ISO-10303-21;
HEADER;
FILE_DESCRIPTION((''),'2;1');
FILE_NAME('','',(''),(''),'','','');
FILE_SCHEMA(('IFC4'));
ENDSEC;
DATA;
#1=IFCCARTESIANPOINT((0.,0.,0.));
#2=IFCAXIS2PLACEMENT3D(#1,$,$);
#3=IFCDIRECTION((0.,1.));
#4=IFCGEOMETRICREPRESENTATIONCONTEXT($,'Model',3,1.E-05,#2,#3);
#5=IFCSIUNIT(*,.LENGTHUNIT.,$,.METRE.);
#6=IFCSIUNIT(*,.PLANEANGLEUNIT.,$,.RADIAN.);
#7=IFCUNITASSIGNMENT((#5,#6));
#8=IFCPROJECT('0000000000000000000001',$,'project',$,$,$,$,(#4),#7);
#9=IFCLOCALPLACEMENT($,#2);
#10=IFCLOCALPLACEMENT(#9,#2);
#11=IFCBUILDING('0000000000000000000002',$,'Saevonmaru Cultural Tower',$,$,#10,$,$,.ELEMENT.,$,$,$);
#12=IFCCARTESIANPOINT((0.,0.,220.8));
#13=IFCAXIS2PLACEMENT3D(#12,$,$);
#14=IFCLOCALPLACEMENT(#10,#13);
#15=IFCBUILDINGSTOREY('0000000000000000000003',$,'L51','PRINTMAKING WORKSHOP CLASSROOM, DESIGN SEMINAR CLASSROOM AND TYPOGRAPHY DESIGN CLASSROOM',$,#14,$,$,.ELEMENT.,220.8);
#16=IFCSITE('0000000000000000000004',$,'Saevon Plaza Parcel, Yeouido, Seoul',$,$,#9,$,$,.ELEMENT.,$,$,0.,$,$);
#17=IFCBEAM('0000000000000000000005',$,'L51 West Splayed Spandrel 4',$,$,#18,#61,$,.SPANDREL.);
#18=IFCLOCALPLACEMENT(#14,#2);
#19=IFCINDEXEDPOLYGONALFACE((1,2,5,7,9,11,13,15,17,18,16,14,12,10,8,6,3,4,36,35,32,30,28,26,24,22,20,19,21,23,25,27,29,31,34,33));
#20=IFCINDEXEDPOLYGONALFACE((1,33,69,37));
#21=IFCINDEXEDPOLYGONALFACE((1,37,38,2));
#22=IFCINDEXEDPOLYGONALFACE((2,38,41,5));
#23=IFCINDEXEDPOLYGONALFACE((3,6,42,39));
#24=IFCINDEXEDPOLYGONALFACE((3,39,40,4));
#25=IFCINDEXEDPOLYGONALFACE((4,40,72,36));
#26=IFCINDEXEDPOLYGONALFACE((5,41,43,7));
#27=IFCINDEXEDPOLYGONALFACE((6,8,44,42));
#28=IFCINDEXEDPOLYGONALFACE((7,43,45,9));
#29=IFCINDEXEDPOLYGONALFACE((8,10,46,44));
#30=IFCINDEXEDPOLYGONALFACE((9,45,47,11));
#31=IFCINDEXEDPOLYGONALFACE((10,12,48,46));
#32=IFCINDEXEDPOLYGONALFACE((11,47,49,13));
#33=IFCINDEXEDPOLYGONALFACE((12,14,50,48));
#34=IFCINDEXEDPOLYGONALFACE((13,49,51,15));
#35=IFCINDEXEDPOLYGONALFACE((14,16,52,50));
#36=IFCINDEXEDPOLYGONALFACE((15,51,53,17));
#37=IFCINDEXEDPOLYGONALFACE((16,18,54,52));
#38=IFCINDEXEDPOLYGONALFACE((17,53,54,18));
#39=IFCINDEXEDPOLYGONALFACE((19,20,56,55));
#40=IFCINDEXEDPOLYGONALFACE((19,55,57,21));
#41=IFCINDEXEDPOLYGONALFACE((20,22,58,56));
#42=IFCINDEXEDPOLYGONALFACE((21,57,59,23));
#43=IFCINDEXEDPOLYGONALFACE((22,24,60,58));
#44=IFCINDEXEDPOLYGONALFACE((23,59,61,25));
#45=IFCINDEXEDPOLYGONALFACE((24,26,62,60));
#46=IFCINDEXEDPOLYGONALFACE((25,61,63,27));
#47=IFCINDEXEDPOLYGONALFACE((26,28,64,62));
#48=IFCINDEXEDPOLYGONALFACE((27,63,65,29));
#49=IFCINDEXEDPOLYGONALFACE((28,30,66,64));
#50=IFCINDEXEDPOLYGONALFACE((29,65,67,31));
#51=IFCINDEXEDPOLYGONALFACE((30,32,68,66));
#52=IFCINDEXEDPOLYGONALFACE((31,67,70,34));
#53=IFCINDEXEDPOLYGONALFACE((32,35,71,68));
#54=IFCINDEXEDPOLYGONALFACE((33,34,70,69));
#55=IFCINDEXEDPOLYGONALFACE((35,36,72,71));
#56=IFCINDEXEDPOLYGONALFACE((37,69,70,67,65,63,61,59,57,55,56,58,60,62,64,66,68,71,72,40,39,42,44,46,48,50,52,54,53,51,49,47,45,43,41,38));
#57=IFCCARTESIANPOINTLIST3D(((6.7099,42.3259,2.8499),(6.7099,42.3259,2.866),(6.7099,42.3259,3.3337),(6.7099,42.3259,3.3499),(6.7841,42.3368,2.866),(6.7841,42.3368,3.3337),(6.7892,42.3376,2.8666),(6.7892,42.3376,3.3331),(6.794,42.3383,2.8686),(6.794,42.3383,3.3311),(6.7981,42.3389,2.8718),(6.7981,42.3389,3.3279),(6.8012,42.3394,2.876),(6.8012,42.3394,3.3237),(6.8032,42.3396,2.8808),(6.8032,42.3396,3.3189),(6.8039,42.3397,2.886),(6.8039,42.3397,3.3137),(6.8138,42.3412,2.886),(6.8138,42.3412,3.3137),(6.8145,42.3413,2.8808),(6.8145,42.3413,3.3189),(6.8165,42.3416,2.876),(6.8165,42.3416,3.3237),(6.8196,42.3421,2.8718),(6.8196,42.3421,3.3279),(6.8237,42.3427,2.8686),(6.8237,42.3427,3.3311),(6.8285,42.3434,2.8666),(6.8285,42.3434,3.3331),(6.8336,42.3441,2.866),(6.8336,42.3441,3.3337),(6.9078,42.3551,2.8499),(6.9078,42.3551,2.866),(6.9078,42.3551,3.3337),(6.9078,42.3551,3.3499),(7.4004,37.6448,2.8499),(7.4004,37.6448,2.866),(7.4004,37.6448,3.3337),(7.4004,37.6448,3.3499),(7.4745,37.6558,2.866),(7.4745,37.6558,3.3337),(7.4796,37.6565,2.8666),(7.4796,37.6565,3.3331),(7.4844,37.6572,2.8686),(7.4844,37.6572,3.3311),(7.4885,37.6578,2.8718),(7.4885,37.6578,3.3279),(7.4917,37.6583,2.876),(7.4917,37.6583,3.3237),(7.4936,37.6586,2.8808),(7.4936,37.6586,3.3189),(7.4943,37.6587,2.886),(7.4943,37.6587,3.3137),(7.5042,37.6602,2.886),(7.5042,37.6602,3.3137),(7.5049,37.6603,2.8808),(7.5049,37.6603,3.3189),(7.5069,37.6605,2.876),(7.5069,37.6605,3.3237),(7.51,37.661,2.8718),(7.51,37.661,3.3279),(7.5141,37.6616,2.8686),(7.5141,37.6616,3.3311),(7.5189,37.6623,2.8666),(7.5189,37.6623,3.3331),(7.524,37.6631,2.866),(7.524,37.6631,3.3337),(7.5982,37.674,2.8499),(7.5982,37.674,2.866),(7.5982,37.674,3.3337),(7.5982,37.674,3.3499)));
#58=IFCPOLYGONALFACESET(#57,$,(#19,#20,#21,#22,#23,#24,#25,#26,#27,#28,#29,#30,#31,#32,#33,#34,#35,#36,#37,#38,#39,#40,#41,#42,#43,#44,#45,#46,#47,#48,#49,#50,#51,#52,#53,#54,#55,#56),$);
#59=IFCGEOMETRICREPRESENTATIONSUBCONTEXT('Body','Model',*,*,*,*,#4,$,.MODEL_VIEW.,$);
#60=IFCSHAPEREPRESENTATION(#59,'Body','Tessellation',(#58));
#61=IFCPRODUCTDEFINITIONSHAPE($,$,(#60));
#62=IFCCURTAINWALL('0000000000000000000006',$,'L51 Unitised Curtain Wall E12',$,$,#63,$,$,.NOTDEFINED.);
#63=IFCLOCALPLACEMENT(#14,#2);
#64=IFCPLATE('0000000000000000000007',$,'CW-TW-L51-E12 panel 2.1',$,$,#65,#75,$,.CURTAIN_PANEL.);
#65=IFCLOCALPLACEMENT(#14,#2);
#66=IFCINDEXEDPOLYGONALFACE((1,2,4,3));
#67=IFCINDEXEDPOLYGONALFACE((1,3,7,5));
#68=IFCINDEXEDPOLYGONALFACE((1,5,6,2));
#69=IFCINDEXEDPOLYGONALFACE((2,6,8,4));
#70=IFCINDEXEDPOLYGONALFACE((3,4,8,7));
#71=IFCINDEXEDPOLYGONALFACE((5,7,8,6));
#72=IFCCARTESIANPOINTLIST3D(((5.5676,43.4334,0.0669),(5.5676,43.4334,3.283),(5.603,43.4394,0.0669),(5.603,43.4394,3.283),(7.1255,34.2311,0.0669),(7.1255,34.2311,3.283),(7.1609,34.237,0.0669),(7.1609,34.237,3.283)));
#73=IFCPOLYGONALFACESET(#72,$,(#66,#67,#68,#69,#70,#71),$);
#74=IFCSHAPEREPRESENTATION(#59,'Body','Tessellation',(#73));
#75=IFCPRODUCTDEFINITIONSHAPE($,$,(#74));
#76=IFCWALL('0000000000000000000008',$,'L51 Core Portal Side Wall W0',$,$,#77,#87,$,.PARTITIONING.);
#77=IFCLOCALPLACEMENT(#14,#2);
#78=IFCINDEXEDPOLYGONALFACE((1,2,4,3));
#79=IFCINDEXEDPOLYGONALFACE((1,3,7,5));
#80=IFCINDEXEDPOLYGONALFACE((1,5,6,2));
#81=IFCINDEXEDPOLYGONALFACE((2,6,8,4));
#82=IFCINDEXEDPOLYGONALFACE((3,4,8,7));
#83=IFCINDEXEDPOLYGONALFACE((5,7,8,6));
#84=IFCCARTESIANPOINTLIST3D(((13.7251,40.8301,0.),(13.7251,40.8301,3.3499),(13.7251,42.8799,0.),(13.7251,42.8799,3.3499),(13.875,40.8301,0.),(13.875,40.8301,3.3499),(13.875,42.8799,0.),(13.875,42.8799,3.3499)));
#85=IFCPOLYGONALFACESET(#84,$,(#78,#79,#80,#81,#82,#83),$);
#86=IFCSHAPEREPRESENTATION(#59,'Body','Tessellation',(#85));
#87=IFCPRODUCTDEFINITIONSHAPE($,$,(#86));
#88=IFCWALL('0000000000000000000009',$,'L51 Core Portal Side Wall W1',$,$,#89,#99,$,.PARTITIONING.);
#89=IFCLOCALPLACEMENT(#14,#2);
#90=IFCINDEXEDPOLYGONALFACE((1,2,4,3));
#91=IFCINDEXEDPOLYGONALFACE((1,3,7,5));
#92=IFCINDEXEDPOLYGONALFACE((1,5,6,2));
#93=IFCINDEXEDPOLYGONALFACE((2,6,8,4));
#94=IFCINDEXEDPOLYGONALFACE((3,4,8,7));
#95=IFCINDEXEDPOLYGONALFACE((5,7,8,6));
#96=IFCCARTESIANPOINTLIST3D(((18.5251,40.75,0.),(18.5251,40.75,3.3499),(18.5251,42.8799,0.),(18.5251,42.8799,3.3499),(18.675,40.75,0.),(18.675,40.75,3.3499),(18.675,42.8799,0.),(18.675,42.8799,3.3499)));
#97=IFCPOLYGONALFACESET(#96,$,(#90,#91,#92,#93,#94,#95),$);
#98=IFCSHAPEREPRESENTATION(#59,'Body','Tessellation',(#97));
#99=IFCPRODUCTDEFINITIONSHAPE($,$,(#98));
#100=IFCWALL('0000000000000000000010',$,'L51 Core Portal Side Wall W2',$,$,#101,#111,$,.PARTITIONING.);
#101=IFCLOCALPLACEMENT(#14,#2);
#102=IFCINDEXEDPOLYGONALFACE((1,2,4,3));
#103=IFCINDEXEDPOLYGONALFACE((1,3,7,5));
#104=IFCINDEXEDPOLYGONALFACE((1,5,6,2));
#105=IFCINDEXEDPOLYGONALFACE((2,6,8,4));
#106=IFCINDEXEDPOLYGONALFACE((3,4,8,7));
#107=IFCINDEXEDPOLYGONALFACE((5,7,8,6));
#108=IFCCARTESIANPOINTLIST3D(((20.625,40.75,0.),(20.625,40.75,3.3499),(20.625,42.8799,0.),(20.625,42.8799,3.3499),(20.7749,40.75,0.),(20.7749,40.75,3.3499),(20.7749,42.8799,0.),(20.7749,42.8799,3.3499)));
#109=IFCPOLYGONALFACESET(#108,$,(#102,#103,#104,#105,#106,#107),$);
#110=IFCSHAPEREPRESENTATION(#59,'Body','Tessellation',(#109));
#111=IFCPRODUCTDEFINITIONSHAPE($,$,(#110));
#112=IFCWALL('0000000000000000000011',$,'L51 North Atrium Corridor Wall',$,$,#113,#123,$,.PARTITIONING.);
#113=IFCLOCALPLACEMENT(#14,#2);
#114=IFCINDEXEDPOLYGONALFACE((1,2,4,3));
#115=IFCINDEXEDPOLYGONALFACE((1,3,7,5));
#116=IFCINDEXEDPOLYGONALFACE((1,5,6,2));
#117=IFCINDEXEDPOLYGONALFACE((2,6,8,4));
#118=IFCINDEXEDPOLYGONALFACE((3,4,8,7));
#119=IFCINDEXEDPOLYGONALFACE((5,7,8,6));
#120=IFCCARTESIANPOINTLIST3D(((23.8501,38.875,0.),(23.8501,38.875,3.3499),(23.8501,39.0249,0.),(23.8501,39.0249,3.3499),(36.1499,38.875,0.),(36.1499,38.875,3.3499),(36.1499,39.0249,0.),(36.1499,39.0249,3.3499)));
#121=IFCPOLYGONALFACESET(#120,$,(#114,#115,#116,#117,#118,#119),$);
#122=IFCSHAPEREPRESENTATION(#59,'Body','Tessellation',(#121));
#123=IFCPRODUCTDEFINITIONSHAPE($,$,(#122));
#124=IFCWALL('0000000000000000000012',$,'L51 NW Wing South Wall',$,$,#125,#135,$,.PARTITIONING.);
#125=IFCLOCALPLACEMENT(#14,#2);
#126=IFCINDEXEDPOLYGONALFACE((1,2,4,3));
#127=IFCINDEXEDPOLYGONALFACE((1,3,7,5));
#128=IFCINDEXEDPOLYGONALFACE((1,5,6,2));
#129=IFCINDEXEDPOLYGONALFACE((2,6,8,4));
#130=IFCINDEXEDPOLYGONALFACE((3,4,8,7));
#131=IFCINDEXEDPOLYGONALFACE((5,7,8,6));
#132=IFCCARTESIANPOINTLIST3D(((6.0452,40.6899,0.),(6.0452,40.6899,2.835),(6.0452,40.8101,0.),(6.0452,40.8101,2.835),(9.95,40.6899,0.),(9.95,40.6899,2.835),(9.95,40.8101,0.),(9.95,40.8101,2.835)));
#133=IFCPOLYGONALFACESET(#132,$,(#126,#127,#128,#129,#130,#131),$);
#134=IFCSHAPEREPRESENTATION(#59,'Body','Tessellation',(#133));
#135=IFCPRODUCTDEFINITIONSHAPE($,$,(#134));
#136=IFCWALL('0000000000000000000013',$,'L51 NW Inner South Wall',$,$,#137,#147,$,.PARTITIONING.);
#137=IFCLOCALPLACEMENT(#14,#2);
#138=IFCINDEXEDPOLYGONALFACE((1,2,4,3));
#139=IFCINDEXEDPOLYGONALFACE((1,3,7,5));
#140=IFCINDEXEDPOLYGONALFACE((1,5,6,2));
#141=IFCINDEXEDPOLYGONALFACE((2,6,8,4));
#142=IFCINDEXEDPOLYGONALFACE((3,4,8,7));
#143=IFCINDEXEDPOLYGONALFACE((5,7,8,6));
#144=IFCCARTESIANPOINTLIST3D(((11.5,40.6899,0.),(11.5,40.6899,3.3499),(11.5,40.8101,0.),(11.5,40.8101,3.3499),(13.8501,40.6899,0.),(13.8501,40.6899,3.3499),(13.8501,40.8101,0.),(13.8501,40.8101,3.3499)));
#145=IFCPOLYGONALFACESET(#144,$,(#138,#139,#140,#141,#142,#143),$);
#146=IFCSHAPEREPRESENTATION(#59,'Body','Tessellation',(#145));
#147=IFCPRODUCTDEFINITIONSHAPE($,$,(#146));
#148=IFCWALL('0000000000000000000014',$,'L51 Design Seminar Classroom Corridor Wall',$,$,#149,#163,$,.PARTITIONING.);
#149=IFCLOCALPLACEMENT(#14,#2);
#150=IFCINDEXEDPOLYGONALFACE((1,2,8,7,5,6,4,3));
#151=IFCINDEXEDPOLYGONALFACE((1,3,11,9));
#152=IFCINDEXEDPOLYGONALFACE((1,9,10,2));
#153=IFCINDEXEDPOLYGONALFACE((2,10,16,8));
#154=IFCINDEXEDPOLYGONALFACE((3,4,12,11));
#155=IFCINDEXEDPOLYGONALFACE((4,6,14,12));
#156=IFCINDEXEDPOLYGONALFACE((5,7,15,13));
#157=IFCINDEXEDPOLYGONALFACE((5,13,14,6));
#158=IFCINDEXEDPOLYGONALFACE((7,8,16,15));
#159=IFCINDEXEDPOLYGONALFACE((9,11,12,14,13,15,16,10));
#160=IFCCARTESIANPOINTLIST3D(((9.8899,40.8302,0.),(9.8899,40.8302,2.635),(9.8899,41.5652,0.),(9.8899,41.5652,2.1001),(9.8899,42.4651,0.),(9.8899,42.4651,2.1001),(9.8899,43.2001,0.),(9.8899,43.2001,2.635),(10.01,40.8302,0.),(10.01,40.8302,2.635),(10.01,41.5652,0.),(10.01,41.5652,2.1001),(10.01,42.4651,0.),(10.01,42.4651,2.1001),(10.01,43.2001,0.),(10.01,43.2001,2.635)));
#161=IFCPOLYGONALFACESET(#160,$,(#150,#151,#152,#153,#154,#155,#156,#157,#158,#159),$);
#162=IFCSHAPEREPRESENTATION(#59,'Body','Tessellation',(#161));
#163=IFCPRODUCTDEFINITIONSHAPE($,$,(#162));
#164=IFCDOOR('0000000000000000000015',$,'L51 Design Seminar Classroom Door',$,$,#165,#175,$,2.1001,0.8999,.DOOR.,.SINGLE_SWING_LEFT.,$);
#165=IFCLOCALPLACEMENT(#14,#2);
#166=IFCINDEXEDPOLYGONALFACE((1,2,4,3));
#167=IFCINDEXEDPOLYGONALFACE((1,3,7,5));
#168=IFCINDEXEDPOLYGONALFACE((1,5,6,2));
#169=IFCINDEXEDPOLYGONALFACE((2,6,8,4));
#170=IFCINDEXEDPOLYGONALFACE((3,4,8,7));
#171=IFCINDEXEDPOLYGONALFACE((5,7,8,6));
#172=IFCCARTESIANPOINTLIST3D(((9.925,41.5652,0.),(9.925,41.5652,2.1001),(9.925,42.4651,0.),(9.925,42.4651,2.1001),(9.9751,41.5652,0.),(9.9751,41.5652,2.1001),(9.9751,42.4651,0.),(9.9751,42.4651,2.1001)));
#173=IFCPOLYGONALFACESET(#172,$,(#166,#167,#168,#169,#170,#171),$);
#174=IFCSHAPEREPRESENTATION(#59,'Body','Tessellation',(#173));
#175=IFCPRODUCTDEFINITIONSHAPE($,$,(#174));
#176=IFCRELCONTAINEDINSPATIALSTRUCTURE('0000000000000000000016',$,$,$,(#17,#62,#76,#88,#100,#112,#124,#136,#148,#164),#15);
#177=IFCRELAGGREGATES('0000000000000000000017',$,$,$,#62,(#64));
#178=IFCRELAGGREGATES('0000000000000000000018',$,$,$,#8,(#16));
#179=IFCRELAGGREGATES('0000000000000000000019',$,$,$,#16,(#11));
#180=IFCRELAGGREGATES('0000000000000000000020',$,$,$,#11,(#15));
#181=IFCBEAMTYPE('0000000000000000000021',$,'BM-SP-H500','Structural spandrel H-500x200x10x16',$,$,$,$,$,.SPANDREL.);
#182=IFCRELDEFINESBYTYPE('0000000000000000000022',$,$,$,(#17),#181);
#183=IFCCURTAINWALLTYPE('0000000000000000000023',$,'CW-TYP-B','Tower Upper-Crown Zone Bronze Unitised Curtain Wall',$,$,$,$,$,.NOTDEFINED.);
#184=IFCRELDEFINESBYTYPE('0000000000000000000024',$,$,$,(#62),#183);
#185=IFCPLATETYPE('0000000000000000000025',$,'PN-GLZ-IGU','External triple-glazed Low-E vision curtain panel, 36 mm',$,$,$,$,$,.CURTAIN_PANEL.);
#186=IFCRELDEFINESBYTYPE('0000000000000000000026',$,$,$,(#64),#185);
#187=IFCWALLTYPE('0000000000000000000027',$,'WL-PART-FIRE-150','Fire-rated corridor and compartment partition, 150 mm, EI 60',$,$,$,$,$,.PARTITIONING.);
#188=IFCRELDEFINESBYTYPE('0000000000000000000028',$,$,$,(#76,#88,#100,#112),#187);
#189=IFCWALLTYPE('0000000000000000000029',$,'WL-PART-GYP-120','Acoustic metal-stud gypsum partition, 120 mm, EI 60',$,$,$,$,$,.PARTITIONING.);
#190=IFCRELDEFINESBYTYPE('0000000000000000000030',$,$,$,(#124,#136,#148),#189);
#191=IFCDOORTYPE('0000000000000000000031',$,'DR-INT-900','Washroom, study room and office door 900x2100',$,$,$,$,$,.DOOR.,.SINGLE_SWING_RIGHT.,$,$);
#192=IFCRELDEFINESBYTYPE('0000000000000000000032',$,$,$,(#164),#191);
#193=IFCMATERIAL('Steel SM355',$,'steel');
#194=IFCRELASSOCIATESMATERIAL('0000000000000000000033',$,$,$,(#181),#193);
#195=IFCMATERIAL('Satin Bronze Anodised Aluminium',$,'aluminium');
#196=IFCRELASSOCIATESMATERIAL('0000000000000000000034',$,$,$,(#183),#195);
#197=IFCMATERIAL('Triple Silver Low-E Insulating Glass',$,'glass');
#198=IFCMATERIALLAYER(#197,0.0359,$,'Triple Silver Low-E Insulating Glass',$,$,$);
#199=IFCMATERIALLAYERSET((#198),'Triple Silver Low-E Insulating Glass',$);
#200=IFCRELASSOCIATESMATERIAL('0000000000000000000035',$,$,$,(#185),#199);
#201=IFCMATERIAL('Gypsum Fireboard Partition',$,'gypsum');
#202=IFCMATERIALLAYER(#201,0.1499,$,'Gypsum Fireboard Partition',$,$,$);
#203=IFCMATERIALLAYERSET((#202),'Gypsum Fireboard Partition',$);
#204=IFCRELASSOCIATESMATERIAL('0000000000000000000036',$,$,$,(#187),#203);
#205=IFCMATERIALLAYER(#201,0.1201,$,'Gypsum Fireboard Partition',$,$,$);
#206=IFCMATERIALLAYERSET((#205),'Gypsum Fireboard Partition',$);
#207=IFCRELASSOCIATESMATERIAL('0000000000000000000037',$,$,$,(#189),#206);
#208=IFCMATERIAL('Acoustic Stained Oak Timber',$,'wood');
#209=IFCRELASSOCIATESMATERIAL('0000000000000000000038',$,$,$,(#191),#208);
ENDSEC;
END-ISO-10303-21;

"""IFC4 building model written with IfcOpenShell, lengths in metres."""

from ifc_helpers import new_model, si_unit, direction, frame, frame_2d, origin, origin_2d, place, context, subcontext, project, spatial, rectangle, i_section, extrude, material, layer, layer_set, material_profile, profile_set, type_object, element, fill, aggregate, save


model = new_model("IFC4")

# Units and contexts
model_context = context("Model", 3, precision=1e-05, world=origin(), true_north=direction((0.0, 1.0)))
body_context = subcontext(model_context, "Body", "Model", "MODEL_VIEW")
ifc_project = project(units=[si_unit("LENGTHUNIT", "METRE"), si_unit("PLANEANGLEUNIT", "RADIAN")], contexts=[model_context])

# Site, building, storey
site_placement = place(None, origin())
site = spatial("IfcSite", under=ifc_project, at=site_placement, Name="Saevon Plaza Parcel, Yeouido, Seoul", CompositionType="ELEMENT", RefElevation=0.0)
building_placement = place(site_placement, origin())
building = spatial("IfcBuilding", under=site, at=building_placement, Name="Saevonmaru Cultural Tower", CompositionType="ELEMENT")
storey_placement = place(building_placement, frame((0.0, 0.0, 220.8)))
storey = spatial("IfcBuildingStorey", under=building, at=storey_placement, Name="L51", Description="PRINTMAKING WORKSHOP CLASSROOM, DESIGN SEMINAR CLASSROOM AND TYPOGRAPHY DESIGN CLASSROOM", CompositionType="ELEMENT", Elevation=220.8)

# Shared definitions
ifc_material_1 = material(Name="Steel SM355", Category="steel")

# Beam
ifc_material_profile_1 = material_profile(ifc_material_1, i_section(OverallWidth=0.2, OverallDepth=0.5, WebThickness=0.01, FlangeThickness=0.0161, FilletRadius=0.02, at=origin_2d()), Name="H-500x200x10x16")
ifc_profile_set_1 = profile_set([ifc_material_profile_1], Name="Steel SM355")
beam_type_1 = type_object("IfcBeamType", Name="BM-SP-H500", Description="Structural spandrel H-500x200x10x16", PredefinedType="SPANDREL", material=ifc_profile_set_1)
beam_1_placement = place(storey_placement, frame((7.4993, 37.6594, 3.0999), z_axis=(-0.145913, 0.989297, 0.0), x_axis=(-0.989297, -0.145913, 0.0)))
element("IfcBeam", 1, at=beam_1_placement, inside=storey, type_object=beam_type_1, Name="L51 West Splayed Spandrel 4", PredefinedType="SPANDREL", context=body_context, shape_type="SweptSolid", body=[
    extrude(i_section(OverallWidth=0.2, OverallDepth=0.5, WebThickness=0.01, FlangeThickness=0.0161, FilletRadius=0.02, at=origin_2d()), origin(), (0.0, 0.0, 1.0), 4.7317),
])

# Curtain wall, plate
ifc_material_2 = material(Name="Satin Bronze Anodised Aluminium", Category="aluminium")
curtain_wall_type = type_object("IfcCurtainWallType", Name="CW-TYP-B", Description="Tower Upper-Crown Zone Bronze Unitised Curtain Wall", PredefinedType="NOTDEFINED", material=ifc_material_2)
curtain_wall_placement = place(storey_placement, origin())
curtain_wall = element("IfcCurtainWall", 2, at=curtain_wall_placement, inside=storey, type_object=curtain_wall_type, Name="L51 Unitised Curtain Wall E12", PredefinedType="NOTDEFINED")
ifc_material_3 = material(Name="Triple Silver Low-E Insulating Glass", Category="glass")
ifc_layer_1 = layer(ifc_material_3, 0.0359, Name="Triple Silver Low-E Insulating Glass")
ifc_layer_set_1 = layer_set([ifc_layer_1], Name="Triple Silver Low-E Insulating Glass")
plate_type = type_object("IfcPlateType", Name="PN-GLZ-IGU", Description="External triple-glazed Low-E vision curtain panel, 36 mm", PredefinedType="CURTAIN_PANEL", material=ifc_layer_set_1)
plate_placement = place(storey_placement, frame((6.3643, 38.8352, 0.0669), z_axis=(0.0, 0.0, 1.0), x_axis=(0.166922, -0.98597, 0.0)))
plate = element("IfcPlate", 3, at=plate_placement, type_object=plate_type, Name="CW-TW-L51-E12 panel 2.1", PredefinedType="CURTAIN_PANEL", context=body_context, shape_type="SweptSolid", body=[
    extrude(rectangle(XDim=9.3333, YDim=0.0359, at=origin_2d()), origin(), (0.0, 0.0, 1.0), 3.2161),
])
aggregate(curtain_wall, [plate])

# Walls
ifc_material_4 = material(Name="Gypsum Fireboard Partition", Category="gypsum")
ifc_layer_2 = layer(ifc_material_4, 0.1499, Name="Gypsum Fireboard Partition")
ifc_layer_set_2 = layer_set([ifc_layer_2], Name="Gypsum Fireboard Partition")
wall_type_1 = type_object("IfcWallType", Name="WL-PART-FIRE-150", Description="Fire-rated corridor and compartment partition, 150 mm, EI 60", PredefinedType="PARTITIONING", material=ifc_layer_set_2)
wall_1_placement = place(storey_placement, frame((13.8, 40.8301, 0.0), z_axis=(0.0, 0.0, 1.0), x_axis=(0.0, 1.0, 0.0)))
element("IfcWall", 4, at=wall_1_placement, inside=storey, type_object=wall_type_1, Name="L51 Core Portal Side Wall W0", PredefinedType="PARTITIONING", context=body_context, shape_type="SweptSolid", body=[
    extrude(rectangle(XDim=2.0498, YDim=0.1499, at=frame_2d((1.0249, 0.0))), origin(), (0.0, 0.0, 1.0), 3.3499),
])
for number, where, z_axis, x_axis, name in (
    (5, (18.6001, 40.75, 0.0), (0.0, 0.0, 1.0), (0.0, 1.0, 0.0), "L51 Core Portal Side Wall W1"),
    (6, (20.7, 40.75, 0.0), (0.0, 0.0, 1.0), (0.0, 1.0, 0.0), "L51 Core Portal Side Wall W2"),
):
    element("IfcWall", number, at=place(storey_placement, frame(where, z_axis=z_axis, x_axis=x_axis)), inside=storey, type_object=wall_type_1, Name=name, PredefinedType="PARTITIONING", context=body_context, shape_type="SweptSolid", body=[
        extrude(rectangle(XDim=2.1299, YDim=0.1499, at=frame_2d((1.0649, 0.0))), origin(), (0.0, 0.0, 1.0), 3.3499),
    ])
wall_2_placement = place(storey_placement, frame((23.8501, 38.95, 0.0), z_axis=(0.0, 0.0, 1.0), x_axis=(1.0, 0.0, 0.0)))
element("IfcWall", 7, at=wall_2_placement, inside=storey, type_object=wall_type_1, Name="L51 North Atrium Corridor Wall", PredefinedType="PARTITIONING", context=body_context, shape_type="SweptSolid", body=[
    extrude(rectangle(XDim=12.2998, YDim=0.1499, at=frame_2d((6.1499, 0.0))), origin(), (0.0, 0.0, 1.0), 3.3499),
])
ifc_layer_3 = layer(ifc_material_4, 0.1201, Name="Gypsum Fireboard Partition")
ifc_layer_set_3 = layer_set([ifc_layer_3], Name="Gypsum Fireboard Partition")
wall_type_2 = type_object("IfcWallType", Name="WL-PART-GYP-120", Description="Acoustic metal-stud gypsum partition, 120 mm, EI 60", PredefinedType="PARTITIONING", material=ifc_layer_set_3)
wall_3_placement = place(storey_placement, frame((6.0452, 40.75, 0.0), z_axis=(0.0, 0.0, 1.0), x_axis=(1.0, 0.0, 0.0)))
element("IfcWall", 8, at=wall_3_placement, inside=storey, type_object=wall_type_2, Name="L51 NW Wing South Wall", PredefinedType="PARTITIONING", context=body_context, shape_type="SweptSolid", body=[
    extrude(rectangle(XDim=3.9048, YDim=0.1201, at=frame_2d((1.9524, 0.0))), origin(), (0.0, 0.0, 1.0), 2.835),
])
wall_4_placement = place(storey_placement, frame((11.5, 40.75, 0.0), z_axis=(0.0, 0.0, 1.0), x_axis=(1.0, 0.0, 0.0)))
element("IfcWall", 9, at=wall_4_placement, inside=storey, type_object=wall_type_2, Name="L51 NW Inner South Wall", PredefinedType="PARTITIONING", context=body_context, shape_type="SweptSolid", body=[
    extrude(rectangle(XDim=2.3501, YDim=0.1201, at=frame_2d((1.175, 0.0))), origin(), (0.0, 0.0, 1.0), 3.3499),
])

# Wall, opening, door
wall_5_placement = place(storey_placement, frame((9.95, 40.8301, 0.0), z_axis=(0.0, 0.0, 1.0), x_axis=(0.0, 1.0, 0.0)))
wall_5 = element("IfcWall", 10, at=wall_5_placement, inside=storey, type_object=wall_type_2, Name="L51 Design Seminar Classroom Corridor Wall", PredefinedType="PARTITIONING", context=body_context, shape_type="SweptSolid", body=[
    extrude(rectangle(XDim=2.3699, YDim=0.1201, at=frame_2d((1.1851, 0.0))), origin(), (0.0, 0.0, 1.0), 2.635),
])
opening_1_placement = place(wall_5_placement, frame((0.7351, 0.0, 0.0)))
opening_1 = element("IfcOpeningElement", 11, at=opening_1_placement, cuts=wall_5, PredefinedType="OPENING", context=body_context, shape_type="SweptSolid", body=[
    extrude(rectangle(XDim=0.8999, YDim=2.1001, at=frame_2d((0.45, 1.05))), frame((0.0, 0.0701, 0.0), z_axis=(0.0, -1.0, 0.0), x_axis=(1.0, 0.0, 0.0)), (0.0, 0.0, 1.0), 0.1401),
])
ifc_material_5 = material(Name="Acoustic Stained Oak Timber", Category="wood")
door_type = type_object("IfcDoorType", Name="DR-INT-900", Description="Washroom, study room and office door 900x2100", OperationType="SINGLE_SWING_RIGHT", PredefinedType="DOOR", material=ifc_material_5)
door_1_placement = place(opening_1_placement, origin())
door_1 = element("IfcDoor", 12, at=door_1_placement, inside=storey, type_object=door_type, Name="L51 Design Seminar Classroom Door", OperationType="SINGLE_SWING_LEFT", OverallHeight=2.1001, OverallWidth=0.8999, PredefinedType="DOOR", context=body_context, shape_type="SweptSolid", body=[
    extrude(rectangle(XDim=0.8999, YDim=2.1001, at=frame_2d((0.45, 1.05))), frame((0.0, 0.0249, 0.0), z_axis=(0.0, -1.0, 0.0), x_axis=(1.0, 0.0, 0.0)), (0.0, 0.0, 1.0), 0.05),
])
fill(opening_1, door_1)

save(model, "model.ifc")
